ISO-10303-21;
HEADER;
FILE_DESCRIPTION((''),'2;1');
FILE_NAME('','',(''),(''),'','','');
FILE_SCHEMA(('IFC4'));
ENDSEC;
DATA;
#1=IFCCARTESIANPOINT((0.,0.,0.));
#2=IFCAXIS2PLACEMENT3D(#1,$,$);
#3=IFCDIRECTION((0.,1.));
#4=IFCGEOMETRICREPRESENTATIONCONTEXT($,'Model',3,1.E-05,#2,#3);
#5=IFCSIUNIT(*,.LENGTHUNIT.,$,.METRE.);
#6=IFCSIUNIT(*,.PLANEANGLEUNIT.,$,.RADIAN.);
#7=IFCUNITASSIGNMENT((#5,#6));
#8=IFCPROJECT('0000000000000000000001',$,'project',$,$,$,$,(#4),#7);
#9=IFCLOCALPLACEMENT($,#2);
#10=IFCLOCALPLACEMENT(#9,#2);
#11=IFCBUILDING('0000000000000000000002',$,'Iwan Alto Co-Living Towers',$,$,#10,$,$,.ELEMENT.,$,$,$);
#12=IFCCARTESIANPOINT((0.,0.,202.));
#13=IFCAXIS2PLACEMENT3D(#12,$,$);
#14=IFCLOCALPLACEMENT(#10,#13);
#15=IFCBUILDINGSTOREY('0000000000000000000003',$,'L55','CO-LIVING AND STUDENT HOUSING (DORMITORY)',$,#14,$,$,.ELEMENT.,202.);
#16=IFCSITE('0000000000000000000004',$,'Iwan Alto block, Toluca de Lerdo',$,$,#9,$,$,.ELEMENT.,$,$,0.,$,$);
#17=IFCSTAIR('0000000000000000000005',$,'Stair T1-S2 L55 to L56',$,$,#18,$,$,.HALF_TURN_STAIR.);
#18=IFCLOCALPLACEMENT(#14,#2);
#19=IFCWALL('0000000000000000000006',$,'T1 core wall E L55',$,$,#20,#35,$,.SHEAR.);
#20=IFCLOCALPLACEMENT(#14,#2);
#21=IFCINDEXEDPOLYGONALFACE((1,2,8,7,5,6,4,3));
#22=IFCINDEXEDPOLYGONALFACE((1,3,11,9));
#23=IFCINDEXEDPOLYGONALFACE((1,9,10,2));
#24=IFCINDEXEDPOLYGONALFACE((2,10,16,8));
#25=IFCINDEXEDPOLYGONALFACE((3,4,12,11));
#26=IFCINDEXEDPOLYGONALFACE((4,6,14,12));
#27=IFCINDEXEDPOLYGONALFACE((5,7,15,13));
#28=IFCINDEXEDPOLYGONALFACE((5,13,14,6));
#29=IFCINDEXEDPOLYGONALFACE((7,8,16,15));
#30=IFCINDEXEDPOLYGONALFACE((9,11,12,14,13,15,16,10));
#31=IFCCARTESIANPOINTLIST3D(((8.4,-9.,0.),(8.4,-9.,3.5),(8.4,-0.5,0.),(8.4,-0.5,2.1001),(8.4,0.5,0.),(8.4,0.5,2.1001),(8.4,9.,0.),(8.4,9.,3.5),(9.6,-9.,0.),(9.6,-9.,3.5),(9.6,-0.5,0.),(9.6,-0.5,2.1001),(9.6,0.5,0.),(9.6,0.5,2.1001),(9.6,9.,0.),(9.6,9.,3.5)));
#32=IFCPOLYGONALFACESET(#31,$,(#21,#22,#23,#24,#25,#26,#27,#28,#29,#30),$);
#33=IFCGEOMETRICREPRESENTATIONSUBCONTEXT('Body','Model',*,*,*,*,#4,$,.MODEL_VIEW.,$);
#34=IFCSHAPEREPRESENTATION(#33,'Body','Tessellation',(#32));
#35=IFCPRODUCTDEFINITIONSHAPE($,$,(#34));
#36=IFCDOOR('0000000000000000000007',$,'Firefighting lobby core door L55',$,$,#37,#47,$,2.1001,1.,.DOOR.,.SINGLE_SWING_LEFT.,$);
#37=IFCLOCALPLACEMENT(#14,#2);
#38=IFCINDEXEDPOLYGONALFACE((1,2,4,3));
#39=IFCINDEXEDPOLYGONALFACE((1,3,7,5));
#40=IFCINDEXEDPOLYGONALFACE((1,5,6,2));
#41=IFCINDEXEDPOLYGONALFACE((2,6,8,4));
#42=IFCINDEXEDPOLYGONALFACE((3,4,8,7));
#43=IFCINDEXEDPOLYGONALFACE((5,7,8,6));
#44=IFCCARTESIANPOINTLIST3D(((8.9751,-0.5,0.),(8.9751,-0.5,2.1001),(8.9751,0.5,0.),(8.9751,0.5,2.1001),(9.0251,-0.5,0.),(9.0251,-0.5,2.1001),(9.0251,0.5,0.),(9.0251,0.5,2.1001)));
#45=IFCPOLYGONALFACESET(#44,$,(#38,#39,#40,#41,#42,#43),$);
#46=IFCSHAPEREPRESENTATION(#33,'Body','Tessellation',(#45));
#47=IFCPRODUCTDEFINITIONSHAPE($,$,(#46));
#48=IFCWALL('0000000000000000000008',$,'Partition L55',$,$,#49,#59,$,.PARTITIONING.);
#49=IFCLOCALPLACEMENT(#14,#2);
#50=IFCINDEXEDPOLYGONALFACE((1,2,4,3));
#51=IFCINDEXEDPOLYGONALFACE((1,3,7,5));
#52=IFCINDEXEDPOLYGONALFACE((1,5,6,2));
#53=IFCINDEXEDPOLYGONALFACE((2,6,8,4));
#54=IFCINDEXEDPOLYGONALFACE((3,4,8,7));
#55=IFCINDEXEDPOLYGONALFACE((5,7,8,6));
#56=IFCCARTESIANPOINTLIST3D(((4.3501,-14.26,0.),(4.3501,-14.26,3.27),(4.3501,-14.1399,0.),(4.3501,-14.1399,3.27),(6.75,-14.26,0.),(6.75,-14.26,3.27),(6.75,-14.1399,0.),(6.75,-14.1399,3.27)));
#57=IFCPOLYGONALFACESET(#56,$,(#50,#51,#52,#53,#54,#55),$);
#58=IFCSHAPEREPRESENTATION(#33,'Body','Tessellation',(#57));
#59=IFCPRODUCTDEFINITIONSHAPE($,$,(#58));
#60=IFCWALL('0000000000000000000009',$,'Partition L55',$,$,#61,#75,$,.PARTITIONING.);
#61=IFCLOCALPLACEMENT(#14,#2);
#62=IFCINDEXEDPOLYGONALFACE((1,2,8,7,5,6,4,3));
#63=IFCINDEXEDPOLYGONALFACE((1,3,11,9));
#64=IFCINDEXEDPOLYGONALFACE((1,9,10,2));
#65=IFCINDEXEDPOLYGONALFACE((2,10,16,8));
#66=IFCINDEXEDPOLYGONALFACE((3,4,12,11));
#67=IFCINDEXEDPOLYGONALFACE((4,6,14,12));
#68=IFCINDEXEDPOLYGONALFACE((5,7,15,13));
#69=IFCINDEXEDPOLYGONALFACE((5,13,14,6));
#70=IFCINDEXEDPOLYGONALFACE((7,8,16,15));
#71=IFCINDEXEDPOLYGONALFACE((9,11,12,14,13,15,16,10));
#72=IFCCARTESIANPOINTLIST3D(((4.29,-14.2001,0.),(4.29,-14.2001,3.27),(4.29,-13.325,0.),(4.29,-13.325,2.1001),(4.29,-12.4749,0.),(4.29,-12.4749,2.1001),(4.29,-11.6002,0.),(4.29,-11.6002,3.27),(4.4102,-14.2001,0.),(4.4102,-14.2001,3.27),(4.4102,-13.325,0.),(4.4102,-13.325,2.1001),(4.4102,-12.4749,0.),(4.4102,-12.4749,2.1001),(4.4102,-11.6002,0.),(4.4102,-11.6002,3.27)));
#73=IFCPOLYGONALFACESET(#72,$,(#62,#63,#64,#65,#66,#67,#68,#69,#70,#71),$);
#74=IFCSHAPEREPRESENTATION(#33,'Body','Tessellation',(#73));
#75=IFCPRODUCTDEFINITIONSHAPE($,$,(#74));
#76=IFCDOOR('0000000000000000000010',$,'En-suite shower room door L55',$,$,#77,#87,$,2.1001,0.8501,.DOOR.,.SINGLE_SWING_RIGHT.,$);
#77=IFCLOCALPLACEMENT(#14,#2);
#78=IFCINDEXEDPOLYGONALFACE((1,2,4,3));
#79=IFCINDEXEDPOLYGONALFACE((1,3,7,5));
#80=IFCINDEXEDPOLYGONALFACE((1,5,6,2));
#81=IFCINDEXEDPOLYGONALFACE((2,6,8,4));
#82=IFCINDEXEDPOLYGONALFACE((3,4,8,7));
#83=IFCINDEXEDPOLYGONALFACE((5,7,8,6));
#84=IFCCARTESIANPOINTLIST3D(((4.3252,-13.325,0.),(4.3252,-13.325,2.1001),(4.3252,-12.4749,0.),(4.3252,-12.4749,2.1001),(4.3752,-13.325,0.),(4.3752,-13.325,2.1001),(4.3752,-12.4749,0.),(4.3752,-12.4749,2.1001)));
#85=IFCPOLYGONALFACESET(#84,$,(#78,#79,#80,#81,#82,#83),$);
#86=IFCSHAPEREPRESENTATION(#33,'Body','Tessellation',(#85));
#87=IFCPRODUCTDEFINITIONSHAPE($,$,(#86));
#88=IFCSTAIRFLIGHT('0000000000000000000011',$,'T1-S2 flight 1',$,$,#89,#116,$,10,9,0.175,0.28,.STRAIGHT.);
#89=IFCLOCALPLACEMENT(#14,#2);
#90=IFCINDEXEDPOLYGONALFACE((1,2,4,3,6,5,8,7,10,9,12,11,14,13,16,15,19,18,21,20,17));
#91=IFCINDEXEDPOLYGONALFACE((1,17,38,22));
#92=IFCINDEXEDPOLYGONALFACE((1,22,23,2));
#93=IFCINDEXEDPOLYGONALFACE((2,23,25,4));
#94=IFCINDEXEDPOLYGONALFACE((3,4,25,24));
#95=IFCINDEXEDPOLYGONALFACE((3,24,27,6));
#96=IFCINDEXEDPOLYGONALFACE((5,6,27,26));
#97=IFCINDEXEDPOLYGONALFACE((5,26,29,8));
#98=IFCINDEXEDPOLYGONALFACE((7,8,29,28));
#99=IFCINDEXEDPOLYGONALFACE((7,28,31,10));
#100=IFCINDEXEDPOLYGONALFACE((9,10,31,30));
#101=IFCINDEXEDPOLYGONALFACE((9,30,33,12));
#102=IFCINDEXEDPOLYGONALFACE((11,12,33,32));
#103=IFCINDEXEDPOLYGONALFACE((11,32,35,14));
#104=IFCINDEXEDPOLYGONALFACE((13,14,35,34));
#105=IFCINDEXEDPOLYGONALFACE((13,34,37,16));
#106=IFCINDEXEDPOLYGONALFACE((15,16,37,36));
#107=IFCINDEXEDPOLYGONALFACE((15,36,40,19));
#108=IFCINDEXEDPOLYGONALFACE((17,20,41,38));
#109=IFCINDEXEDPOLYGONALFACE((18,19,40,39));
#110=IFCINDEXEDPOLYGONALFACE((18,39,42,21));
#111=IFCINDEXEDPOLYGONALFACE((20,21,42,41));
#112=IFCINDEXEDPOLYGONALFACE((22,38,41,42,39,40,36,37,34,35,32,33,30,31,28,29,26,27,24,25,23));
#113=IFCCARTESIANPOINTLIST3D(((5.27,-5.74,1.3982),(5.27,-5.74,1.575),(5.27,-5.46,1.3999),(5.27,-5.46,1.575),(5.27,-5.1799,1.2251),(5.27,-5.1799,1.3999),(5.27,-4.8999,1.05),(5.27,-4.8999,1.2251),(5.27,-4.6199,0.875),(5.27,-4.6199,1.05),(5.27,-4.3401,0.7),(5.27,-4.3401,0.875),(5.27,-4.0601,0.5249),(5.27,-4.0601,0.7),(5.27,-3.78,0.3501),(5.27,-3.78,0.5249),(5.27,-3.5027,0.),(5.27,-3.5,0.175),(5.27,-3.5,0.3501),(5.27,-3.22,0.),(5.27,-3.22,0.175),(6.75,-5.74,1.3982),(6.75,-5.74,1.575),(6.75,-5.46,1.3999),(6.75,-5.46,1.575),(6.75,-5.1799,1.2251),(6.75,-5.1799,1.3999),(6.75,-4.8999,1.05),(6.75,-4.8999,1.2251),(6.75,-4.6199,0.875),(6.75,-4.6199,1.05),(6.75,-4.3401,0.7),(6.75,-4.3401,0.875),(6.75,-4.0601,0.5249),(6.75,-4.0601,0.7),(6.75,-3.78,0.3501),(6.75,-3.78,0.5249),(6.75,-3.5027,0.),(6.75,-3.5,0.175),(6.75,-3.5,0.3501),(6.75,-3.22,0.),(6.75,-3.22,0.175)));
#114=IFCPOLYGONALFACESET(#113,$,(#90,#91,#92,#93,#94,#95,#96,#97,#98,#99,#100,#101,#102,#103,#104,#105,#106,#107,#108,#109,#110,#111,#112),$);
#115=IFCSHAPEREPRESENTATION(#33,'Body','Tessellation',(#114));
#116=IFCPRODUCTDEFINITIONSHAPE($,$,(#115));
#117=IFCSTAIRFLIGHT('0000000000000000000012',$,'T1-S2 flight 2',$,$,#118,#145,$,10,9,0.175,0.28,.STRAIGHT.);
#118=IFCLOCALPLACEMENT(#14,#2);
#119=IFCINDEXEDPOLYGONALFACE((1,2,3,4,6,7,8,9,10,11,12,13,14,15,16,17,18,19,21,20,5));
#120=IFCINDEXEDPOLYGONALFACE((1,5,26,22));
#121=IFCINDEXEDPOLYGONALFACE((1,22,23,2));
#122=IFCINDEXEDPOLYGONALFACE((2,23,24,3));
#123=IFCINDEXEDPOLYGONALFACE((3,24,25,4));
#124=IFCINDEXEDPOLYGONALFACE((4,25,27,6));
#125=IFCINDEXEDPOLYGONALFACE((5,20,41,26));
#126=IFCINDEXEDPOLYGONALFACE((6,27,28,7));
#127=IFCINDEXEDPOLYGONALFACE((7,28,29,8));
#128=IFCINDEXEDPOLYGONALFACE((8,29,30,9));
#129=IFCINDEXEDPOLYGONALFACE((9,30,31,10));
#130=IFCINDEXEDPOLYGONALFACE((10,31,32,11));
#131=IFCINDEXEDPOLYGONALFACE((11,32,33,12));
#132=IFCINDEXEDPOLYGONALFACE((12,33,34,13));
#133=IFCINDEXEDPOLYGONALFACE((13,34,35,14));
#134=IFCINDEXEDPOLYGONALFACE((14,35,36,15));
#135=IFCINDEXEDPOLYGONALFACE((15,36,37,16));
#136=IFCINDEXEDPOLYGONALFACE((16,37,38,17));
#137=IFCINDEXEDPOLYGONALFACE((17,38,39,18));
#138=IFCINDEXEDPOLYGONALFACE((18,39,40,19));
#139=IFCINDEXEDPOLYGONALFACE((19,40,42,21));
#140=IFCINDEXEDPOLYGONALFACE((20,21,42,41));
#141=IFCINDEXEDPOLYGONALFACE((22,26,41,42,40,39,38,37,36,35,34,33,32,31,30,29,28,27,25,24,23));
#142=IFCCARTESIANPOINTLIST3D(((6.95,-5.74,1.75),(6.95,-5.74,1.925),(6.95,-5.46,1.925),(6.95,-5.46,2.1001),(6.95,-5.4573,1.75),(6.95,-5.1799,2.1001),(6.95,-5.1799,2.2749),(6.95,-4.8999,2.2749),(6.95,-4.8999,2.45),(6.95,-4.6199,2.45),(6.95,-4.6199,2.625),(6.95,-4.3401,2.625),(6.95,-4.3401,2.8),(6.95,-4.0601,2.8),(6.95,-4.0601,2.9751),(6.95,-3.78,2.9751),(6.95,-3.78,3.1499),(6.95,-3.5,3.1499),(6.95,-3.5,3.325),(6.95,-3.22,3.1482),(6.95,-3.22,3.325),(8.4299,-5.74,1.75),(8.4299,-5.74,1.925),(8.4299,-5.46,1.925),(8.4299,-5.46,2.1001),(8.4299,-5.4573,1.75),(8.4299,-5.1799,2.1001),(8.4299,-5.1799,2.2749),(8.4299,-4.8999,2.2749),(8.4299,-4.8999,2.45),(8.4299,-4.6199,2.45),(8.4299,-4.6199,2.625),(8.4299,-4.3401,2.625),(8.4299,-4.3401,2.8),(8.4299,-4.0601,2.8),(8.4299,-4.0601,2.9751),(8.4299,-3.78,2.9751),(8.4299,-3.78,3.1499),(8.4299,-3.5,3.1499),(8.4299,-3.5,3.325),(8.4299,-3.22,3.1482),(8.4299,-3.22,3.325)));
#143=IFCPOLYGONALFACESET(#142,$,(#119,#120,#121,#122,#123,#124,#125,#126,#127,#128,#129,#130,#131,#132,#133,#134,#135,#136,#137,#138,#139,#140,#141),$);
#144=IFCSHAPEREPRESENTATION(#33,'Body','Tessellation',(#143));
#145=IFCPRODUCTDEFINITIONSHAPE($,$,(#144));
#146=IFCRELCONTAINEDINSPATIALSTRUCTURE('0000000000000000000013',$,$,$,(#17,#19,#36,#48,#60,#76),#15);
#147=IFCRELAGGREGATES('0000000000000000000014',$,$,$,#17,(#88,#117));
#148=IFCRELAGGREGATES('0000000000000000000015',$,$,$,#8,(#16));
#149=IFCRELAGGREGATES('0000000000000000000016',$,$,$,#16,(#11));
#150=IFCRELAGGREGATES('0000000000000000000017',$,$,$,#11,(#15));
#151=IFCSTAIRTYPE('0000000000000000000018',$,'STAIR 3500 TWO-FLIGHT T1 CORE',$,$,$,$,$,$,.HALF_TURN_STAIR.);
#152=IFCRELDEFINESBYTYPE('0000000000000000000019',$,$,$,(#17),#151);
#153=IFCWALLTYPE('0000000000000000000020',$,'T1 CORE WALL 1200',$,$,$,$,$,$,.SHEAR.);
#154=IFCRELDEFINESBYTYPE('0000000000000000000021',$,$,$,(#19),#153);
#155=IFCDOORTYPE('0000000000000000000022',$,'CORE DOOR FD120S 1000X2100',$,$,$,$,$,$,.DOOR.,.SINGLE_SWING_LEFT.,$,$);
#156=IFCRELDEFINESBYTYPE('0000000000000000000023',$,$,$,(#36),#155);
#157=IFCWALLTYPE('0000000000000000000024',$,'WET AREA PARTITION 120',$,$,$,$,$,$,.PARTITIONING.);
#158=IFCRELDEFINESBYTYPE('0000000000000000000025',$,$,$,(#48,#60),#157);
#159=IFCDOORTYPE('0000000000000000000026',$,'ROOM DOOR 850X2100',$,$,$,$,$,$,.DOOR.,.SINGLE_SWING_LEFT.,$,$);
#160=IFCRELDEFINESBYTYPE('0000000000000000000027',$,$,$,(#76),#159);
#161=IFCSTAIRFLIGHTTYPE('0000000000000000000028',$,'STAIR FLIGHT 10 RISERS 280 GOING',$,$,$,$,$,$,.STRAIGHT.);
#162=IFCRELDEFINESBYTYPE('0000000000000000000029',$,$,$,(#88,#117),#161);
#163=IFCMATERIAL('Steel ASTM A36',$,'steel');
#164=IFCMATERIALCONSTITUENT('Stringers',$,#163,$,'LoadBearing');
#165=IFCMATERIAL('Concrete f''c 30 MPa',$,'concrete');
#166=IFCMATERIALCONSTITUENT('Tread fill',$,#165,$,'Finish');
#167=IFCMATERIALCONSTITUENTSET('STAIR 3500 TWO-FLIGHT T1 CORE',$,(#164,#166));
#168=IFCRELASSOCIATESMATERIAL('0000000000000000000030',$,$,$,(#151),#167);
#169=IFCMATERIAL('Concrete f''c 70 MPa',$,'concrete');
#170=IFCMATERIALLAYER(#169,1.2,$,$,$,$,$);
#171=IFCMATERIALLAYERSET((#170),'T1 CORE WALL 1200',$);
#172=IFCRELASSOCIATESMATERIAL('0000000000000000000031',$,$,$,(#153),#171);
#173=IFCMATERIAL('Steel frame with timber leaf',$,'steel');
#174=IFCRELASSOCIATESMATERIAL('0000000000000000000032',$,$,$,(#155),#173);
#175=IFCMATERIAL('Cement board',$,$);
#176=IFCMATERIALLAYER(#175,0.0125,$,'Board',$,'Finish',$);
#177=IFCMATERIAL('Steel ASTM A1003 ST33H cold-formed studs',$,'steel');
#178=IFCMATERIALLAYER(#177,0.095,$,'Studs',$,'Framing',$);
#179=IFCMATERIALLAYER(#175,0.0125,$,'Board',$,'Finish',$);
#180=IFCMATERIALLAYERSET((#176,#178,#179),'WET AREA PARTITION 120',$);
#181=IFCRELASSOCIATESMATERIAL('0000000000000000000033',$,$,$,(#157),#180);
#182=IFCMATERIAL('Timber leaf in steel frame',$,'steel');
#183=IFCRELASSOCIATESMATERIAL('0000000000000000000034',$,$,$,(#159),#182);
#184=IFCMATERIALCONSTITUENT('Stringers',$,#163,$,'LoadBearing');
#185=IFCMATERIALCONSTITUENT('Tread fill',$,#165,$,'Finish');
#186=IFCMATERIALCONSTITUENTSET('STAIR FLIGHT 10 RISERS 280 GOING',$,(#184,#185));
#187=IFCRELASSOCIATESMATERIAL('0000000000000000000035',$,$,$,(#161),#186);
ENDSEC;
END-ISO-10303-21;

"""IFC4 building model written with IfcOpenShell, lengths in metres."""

from ifc_helpers import new_model, si_unit, direction, frame, frame_2d, origin, place, context, subcontext, project, spatial, polyline, rectangle, outline, extrude, material, layer, layer_set, constituent, constituent_set, type_object, element, fill, aggregate, save


model = new_model("IFC4")

# Units and contexts
model_context = context("Model", 3, precision=1e-05, world=origin(), true_north=direction((0.0, 1.0)))
body_context = subcontext(model_context, "Body", "Model", "MODEL_VIEW")
ifc_project = project(units=[si_unit("LENGTHUNIT", "METRE"), si_unit("PLANEANGLEUNIT", "RADIAN")], contexts=[model_context])

# Site, building, storey
site_placement = place(None, origin())
site = spatial("IfcSite", under=ifc_project, at=site_placement, Name="Iwan Alto block, Toluca de Lerdo", CompositionType="ELEMENT", RefElevation=0.0)
building_placement = place(site_placement, origin())
building = spatial("IfcBuilding", under=site, at=building_placement, Name="Iwan Alto Co-Living Towers", CompositionType="ELEMENT")
storey_placement = place(building_placement, frame((0.0, 0.0, 202.0)))
storey = spatial("IfcBuildingStorey", under=building, at=storey_placement, Name="L55", Description="CO-LIVING AND STUDENT HOUSING (DORMITORY)", CompositionType="ELEMENT", Elevation=202.0)

# Stair
ifc_material_1 = material(Name="Steel ASTM A36", Category="steel")
ifc_constituent_1 = constituent(ifc_material_1, Name="Stringers", Category="LoadBearing")
ifc_material_2 = material(Name="Concrete f'c 30 MPa", Category="concrete")
ifc_constituent_2 = constituent(ifc_material_2, Name="Tread fill", Category="Finish")
ifc_constituent_set_1 = constituent_set(constituents=[ifc_constituent_1, ifc_constituent_2], Name="STAIR 3500 TWO-FLIGHT T1 CORE")
stair_type = type_object("IfcStairType", Name="STAIR 3500 TWO-FLIGHT T1 CORE", PredefinedType="HALF_TURN_STAIR", material=ifc_constituent_set_1)
stair_1_placement = place(storey_placement, origin())
stair_1 = element("IfcStair", 1, at=stair_1_placement, inside=storey, type_object=stair_type, Name="Stair T1-S2 L55 to L56", PredefinedType="HALF_TURN_STAIR")

# Shared definitions
ifc_material_3 = material(Name="Steel ASTM A1003 ST33H cold-formed studs", Category="steel")

# Wall, opening, door
ifc_material_4 = material(Name="Concrete f'c 70 MPa", Category="concrete")
ifc_layer_1 = layer(ifc_material_4, 1.2)
ifc_layer_set_1 = layer_set([ifc_layer_1], Name="T1 CORE WALL 1200")
wall_type_1 = type_object("IfcWallType", Name="T1 CORE WALL 1200", PredefinedType="SHEAR", material=ifc_layer_set_1)
wall_1_placement = place(storey_placement, frame((9.0, -9.0, 0.0), z_axis=(0.0, 0.0, 1.0), x_axis=(0.0, 1.0, 0.0)))
wall_1 = element("IfcWall", 2, at=wall_1_placement, inside=storey, type_object=wall_type_1, Name="T1 core wall E L55", PredefinedType="SHEAR", context=body_context, shape_type="SweptSolid", body=[
    extrude(rectangle(XDim=18.0, YDim=1.2, at=frame_2d((9.0, 0.0))), origin(), (0.0, 0.0, 1.0), 3.5),
])
opening_1_placement = place(wall_1_placement, frame((8.5, 0.0, 0.0)))
opening_1 = element("IfcOpeningElement", 3, at=opening_1_placement, cuts=wall_1, PredefinedType="OPENING", context=body_context, shape_type="SweptSolid", body=[
    extrude(rectangle(XDim=1.0, YDim=2.1001, at=frame_2d((0.5, 1.05))), frame((0.0, 0.6099, 0.0), z_axis=(0.0, -1.0, 0.0), x_axis=(1.0, 0.0, 0.0)), (0.0, 0.0, 1.0), 1.22),
])
ifc_material_5 = material(Name="Steel frame with timber leaf", Category="steel")
door_type_1 = type_object("IfcDoorType", Name="CORE DOOR FD120S 1000X2100", OperationType="SINGLE_SWING_LEFT", PredefinedType="DOOR", material=ifc_material_5)
door_1_placement = place(opening_1_placement, origin())
door_1 = element("IfcDoor", 4, at=door_1_placement, inside=storey, type_object=door_type_1, Name="Firefighting lobby core door L55", OperationType="SINGLE_SWING_LEFT", OverallHeight=2.1001, OverallWidth=1.0, PredefinedType="DOOR", context=body_context, shape_type="SweptSolid", body=[
    extrude(rectangle(XDim=1.0, YDim=2.1001, at=frame_2d((0.5, 1.05))), frame((0.0, 0.0249, 0.0), z_axis=(0.0, -1.0, 0.0), x_axis=(1.0, 0.0, 0.0)), (0.0, 0.0, 1.0), 0.05),
])
fill(opening_1, door_1)

# Wall
ifc_material_6 = material(Name="Cement board")
ifc_layer_2 = layer(ifc_material_6, 0.0125, Name="Board", Category="Finish")
ifc_layer_3 = layer(ifc_material_3, 0.095, Name="Studs", Category="Framing")
ifc_layer_4 = layer(ifc_material_6, 0.0125, Name="Board", Category="Finish")
ifc_layer_set_2 = layer_set([ifc_layer_2, ifc_layer_3, ifc_layer_4], Name="WET AREA PARTITION 120")
wall_type_2 = type_object("IfcWallType", Name="WET AREA PARTITION 120", PredefinedType="PARTITIONING", material=ifc_layer_set_2)
wall_2_placement = place(storey_placement, frame((4.3501, -14.2, 0.0), z_axis=(0.0, 0.0, 1.0), x_axis=(1.0, 0.0, 0.0)))
element("IfcWall", 5, at=wall_2_placement, inside=storey, type_object=wall_type_2, Name="Partition L55", PredefinedType="PARTITIONING", context=body_context, shape_type="SweptSolid", body=[
    extrude(rectangle(XDim=2.3999, YDim=0.1201, at=frame_2d((1.2, 0.0))), origin(), (0.0, 0.0, 1.0), 3.27),
])

# Wall, opening, door
wall_3_placement = place(storey_placement, frame((4.3501, -14.2, 0.0), z_axis=(0.0, 0.0, 1.0), x_axis=(0.0, 1.0, 0.0)))
wall_3 = element("IfcWall", 6, at=wall_3_placement, inside=storey, type_object=wall_type_2, Name="Partition L55", PredefinedType="PARTITIONING", context=body_context, shape_type="SweptSolid", body=[
    extrude(rectangle(XDim=2.5999, YDim=0.1201, at=frame_2d((1.2998, 0.0))), origin(), (0.0, 0.0, 1.0), 3.27),
])
opening_2_placement = place(wall_3_placement, frame((0.875, 0.0, 0.0)))
opening_2 = element("IfcOpeningElement", 7, at=opening_2_placement, cuts=wall_3, PredefinedType="OPENING", context=body_context, shape_type="SweptSolid", body=[
    extrude(rectangle(XDim=0.8501, YDim=2.1001, at=frame_2d((0.425, 1.05))), frame((0.0, 0.0701, 0.0), z_axis=(0.0, -1.0, 0.0), x_axis=(1.0, 0.0, 0.0)), (0.0, 0.0, 1.0), 0.1401),
])
ifc_material_7 = material(Name="Timber leaf in steel frame", Category="steel")
door_type_2 = type_object("IfcDoorType", Name="ROOM DOOR 850X2100", OperationType="SINGLE_SWING_LEFT", PredefinedType="DOOR", material=ifc_material_7)
door_2_placement = place(opening_2_placement, origin())
door_2 = element("IfcDoor", 8, at=door_2_placement, inside=storey, type_object=door_type_2, Name="En-suite shower room door L55", OperationType="SINGLE_SWING_RIGHT", OverallHeight=2.1001, OverallWidth=0.8501, PredefinedType="DOOR", context=body_context, shape_type="SweptSolid", body=[
    extrude(rectangle(XDim=0.8501, YDim=2.1001, at=frame_2d((0.425, 1.05))), frame((0.0, 0.0249, 0.0), z_axis=(0.0, -1.0, 0.0), x_axis=(1.0, 0.0, 0.0)), (0.0, 0.0, 1.0), 0.05),
])
fill(opening_2, door_2)

# Stair flights
ifc_constituent_3 = constituent(ifc_material_1, Name="Stringers", Category="LoadBearing")
ifc_constituent_4 = constituent(ifc_material_2, Name="Tread fill", Category="Finish")
ifc_constituent_set_2 = constituent_set(constituents=[ifc_constituent_3, ifc_constituent_4], Name="STAIR FLIGHT 10 RISERS 280 GOING")
stair_flight_type = type_object("IfcStairFlightType", Name="STAIR FLIGHT 10 RISERS 280 GOING", PredefinedType="STRAIGHT", material=ifc_constituent_set_2)
stair_flight_1_placement = place(storey_placement, frame((6.01, -3.22, 0.0), z_axis=(0.0, 0.0, 1.0), x_axis=(0.0, -1.0, 0.0)))
stair_flight_1 = element("IfcStairFlight", 9, at=stair_flight_1_placement, type_object=stair_flight_type, Name="T1-S2 flight 1", NumberOfRisers=10, NumberOfTreads=9, PredefinedType="STRAIGHT", RiserHeight=0.175, TreadLength=0.28, context=body_context, shape_type="SweptSolid", body=[
    extrude(outline(polyline([(0.0, 0.0), (0.0, 0.175), (0.28, 0.175), (0.28, 0.3501), (0.5601, 0.3501), (0.5601, 0.5249), (0.8401, 0.5249), (0.8401, 0.7), (1.1201, 0.7), (1.1201, 0.875), (1.3999, 0.875), (1.3999, 1.05), (1.6799, 1.05), (1.6799, 1.2251), (1.96, 1.2251), (1.96, 1.3999), (2.24, 1.3999), (2.24, 1.575), (2.52, 1.575), (2.52, 1.75), (2.52, 1.3982), (0.2827, 0.0), (0.0, 0.0)])), frame((0.0, 0.74, 0.0), z_axis=(0.0, -1.0, 0.0), x_axis=(1.0, 0.0, 0.0)), (0.0, 0.0, 1.0), 1.48),
])
stair_flight_2_placement = place(storey_placement, frame((7.6899, -5.74, 1.75), z_axis=(0.0, 0.0, 1.0), x_axis=(0.0, 1.0, 0.0)))
stair_flight_2 = element("IfcStairFlight", 10, at=stair_flight_2_placement, type_object=stair_flight_type, Name="T1-S2 flight 2", NumberOfRisers=10, NumberOfTreads=9, PredefinedType="STRAIGHT", RiserHeight=0.175, TreadLength=0.28, context=body_context, shape_type="SweptSolid", body=[
    extrude(outline(polyline([(0.0, 0.0), (0.0, 0.175), (0.28, 0.175), (0.28, 0.3501), (0.5601, 0.3501), (0.5601, 0.5249), (0.8401, 0.5249), (0.8401, 0.7), (1.1201, 0.7), (1.1201, 0.875), (1.3999, 0.875), (1.3999, 1.05), (1.6799, 1.05), (1.6799, 1.2251), (1.96, 1.2251), (1.96, 1.3999), (2.24, 1.3999), (2.24, 1.575), (2.52, 1.575), (2.52, 1.75), (2.52, 1.3982), (0.2827, 0.0), (0.0, 0.0)])), frame((0.0, 0.74, 0.0), z_axis=(0.0, -1.0, 0.0), x_axis=(1.0, 0.0, 0.0)), (0.0, 0.0, 1.0), 1.48),
])
aggregate(stair_1, [stair_flight_1, stair_flight_2])

save(model, "model.ifc")
